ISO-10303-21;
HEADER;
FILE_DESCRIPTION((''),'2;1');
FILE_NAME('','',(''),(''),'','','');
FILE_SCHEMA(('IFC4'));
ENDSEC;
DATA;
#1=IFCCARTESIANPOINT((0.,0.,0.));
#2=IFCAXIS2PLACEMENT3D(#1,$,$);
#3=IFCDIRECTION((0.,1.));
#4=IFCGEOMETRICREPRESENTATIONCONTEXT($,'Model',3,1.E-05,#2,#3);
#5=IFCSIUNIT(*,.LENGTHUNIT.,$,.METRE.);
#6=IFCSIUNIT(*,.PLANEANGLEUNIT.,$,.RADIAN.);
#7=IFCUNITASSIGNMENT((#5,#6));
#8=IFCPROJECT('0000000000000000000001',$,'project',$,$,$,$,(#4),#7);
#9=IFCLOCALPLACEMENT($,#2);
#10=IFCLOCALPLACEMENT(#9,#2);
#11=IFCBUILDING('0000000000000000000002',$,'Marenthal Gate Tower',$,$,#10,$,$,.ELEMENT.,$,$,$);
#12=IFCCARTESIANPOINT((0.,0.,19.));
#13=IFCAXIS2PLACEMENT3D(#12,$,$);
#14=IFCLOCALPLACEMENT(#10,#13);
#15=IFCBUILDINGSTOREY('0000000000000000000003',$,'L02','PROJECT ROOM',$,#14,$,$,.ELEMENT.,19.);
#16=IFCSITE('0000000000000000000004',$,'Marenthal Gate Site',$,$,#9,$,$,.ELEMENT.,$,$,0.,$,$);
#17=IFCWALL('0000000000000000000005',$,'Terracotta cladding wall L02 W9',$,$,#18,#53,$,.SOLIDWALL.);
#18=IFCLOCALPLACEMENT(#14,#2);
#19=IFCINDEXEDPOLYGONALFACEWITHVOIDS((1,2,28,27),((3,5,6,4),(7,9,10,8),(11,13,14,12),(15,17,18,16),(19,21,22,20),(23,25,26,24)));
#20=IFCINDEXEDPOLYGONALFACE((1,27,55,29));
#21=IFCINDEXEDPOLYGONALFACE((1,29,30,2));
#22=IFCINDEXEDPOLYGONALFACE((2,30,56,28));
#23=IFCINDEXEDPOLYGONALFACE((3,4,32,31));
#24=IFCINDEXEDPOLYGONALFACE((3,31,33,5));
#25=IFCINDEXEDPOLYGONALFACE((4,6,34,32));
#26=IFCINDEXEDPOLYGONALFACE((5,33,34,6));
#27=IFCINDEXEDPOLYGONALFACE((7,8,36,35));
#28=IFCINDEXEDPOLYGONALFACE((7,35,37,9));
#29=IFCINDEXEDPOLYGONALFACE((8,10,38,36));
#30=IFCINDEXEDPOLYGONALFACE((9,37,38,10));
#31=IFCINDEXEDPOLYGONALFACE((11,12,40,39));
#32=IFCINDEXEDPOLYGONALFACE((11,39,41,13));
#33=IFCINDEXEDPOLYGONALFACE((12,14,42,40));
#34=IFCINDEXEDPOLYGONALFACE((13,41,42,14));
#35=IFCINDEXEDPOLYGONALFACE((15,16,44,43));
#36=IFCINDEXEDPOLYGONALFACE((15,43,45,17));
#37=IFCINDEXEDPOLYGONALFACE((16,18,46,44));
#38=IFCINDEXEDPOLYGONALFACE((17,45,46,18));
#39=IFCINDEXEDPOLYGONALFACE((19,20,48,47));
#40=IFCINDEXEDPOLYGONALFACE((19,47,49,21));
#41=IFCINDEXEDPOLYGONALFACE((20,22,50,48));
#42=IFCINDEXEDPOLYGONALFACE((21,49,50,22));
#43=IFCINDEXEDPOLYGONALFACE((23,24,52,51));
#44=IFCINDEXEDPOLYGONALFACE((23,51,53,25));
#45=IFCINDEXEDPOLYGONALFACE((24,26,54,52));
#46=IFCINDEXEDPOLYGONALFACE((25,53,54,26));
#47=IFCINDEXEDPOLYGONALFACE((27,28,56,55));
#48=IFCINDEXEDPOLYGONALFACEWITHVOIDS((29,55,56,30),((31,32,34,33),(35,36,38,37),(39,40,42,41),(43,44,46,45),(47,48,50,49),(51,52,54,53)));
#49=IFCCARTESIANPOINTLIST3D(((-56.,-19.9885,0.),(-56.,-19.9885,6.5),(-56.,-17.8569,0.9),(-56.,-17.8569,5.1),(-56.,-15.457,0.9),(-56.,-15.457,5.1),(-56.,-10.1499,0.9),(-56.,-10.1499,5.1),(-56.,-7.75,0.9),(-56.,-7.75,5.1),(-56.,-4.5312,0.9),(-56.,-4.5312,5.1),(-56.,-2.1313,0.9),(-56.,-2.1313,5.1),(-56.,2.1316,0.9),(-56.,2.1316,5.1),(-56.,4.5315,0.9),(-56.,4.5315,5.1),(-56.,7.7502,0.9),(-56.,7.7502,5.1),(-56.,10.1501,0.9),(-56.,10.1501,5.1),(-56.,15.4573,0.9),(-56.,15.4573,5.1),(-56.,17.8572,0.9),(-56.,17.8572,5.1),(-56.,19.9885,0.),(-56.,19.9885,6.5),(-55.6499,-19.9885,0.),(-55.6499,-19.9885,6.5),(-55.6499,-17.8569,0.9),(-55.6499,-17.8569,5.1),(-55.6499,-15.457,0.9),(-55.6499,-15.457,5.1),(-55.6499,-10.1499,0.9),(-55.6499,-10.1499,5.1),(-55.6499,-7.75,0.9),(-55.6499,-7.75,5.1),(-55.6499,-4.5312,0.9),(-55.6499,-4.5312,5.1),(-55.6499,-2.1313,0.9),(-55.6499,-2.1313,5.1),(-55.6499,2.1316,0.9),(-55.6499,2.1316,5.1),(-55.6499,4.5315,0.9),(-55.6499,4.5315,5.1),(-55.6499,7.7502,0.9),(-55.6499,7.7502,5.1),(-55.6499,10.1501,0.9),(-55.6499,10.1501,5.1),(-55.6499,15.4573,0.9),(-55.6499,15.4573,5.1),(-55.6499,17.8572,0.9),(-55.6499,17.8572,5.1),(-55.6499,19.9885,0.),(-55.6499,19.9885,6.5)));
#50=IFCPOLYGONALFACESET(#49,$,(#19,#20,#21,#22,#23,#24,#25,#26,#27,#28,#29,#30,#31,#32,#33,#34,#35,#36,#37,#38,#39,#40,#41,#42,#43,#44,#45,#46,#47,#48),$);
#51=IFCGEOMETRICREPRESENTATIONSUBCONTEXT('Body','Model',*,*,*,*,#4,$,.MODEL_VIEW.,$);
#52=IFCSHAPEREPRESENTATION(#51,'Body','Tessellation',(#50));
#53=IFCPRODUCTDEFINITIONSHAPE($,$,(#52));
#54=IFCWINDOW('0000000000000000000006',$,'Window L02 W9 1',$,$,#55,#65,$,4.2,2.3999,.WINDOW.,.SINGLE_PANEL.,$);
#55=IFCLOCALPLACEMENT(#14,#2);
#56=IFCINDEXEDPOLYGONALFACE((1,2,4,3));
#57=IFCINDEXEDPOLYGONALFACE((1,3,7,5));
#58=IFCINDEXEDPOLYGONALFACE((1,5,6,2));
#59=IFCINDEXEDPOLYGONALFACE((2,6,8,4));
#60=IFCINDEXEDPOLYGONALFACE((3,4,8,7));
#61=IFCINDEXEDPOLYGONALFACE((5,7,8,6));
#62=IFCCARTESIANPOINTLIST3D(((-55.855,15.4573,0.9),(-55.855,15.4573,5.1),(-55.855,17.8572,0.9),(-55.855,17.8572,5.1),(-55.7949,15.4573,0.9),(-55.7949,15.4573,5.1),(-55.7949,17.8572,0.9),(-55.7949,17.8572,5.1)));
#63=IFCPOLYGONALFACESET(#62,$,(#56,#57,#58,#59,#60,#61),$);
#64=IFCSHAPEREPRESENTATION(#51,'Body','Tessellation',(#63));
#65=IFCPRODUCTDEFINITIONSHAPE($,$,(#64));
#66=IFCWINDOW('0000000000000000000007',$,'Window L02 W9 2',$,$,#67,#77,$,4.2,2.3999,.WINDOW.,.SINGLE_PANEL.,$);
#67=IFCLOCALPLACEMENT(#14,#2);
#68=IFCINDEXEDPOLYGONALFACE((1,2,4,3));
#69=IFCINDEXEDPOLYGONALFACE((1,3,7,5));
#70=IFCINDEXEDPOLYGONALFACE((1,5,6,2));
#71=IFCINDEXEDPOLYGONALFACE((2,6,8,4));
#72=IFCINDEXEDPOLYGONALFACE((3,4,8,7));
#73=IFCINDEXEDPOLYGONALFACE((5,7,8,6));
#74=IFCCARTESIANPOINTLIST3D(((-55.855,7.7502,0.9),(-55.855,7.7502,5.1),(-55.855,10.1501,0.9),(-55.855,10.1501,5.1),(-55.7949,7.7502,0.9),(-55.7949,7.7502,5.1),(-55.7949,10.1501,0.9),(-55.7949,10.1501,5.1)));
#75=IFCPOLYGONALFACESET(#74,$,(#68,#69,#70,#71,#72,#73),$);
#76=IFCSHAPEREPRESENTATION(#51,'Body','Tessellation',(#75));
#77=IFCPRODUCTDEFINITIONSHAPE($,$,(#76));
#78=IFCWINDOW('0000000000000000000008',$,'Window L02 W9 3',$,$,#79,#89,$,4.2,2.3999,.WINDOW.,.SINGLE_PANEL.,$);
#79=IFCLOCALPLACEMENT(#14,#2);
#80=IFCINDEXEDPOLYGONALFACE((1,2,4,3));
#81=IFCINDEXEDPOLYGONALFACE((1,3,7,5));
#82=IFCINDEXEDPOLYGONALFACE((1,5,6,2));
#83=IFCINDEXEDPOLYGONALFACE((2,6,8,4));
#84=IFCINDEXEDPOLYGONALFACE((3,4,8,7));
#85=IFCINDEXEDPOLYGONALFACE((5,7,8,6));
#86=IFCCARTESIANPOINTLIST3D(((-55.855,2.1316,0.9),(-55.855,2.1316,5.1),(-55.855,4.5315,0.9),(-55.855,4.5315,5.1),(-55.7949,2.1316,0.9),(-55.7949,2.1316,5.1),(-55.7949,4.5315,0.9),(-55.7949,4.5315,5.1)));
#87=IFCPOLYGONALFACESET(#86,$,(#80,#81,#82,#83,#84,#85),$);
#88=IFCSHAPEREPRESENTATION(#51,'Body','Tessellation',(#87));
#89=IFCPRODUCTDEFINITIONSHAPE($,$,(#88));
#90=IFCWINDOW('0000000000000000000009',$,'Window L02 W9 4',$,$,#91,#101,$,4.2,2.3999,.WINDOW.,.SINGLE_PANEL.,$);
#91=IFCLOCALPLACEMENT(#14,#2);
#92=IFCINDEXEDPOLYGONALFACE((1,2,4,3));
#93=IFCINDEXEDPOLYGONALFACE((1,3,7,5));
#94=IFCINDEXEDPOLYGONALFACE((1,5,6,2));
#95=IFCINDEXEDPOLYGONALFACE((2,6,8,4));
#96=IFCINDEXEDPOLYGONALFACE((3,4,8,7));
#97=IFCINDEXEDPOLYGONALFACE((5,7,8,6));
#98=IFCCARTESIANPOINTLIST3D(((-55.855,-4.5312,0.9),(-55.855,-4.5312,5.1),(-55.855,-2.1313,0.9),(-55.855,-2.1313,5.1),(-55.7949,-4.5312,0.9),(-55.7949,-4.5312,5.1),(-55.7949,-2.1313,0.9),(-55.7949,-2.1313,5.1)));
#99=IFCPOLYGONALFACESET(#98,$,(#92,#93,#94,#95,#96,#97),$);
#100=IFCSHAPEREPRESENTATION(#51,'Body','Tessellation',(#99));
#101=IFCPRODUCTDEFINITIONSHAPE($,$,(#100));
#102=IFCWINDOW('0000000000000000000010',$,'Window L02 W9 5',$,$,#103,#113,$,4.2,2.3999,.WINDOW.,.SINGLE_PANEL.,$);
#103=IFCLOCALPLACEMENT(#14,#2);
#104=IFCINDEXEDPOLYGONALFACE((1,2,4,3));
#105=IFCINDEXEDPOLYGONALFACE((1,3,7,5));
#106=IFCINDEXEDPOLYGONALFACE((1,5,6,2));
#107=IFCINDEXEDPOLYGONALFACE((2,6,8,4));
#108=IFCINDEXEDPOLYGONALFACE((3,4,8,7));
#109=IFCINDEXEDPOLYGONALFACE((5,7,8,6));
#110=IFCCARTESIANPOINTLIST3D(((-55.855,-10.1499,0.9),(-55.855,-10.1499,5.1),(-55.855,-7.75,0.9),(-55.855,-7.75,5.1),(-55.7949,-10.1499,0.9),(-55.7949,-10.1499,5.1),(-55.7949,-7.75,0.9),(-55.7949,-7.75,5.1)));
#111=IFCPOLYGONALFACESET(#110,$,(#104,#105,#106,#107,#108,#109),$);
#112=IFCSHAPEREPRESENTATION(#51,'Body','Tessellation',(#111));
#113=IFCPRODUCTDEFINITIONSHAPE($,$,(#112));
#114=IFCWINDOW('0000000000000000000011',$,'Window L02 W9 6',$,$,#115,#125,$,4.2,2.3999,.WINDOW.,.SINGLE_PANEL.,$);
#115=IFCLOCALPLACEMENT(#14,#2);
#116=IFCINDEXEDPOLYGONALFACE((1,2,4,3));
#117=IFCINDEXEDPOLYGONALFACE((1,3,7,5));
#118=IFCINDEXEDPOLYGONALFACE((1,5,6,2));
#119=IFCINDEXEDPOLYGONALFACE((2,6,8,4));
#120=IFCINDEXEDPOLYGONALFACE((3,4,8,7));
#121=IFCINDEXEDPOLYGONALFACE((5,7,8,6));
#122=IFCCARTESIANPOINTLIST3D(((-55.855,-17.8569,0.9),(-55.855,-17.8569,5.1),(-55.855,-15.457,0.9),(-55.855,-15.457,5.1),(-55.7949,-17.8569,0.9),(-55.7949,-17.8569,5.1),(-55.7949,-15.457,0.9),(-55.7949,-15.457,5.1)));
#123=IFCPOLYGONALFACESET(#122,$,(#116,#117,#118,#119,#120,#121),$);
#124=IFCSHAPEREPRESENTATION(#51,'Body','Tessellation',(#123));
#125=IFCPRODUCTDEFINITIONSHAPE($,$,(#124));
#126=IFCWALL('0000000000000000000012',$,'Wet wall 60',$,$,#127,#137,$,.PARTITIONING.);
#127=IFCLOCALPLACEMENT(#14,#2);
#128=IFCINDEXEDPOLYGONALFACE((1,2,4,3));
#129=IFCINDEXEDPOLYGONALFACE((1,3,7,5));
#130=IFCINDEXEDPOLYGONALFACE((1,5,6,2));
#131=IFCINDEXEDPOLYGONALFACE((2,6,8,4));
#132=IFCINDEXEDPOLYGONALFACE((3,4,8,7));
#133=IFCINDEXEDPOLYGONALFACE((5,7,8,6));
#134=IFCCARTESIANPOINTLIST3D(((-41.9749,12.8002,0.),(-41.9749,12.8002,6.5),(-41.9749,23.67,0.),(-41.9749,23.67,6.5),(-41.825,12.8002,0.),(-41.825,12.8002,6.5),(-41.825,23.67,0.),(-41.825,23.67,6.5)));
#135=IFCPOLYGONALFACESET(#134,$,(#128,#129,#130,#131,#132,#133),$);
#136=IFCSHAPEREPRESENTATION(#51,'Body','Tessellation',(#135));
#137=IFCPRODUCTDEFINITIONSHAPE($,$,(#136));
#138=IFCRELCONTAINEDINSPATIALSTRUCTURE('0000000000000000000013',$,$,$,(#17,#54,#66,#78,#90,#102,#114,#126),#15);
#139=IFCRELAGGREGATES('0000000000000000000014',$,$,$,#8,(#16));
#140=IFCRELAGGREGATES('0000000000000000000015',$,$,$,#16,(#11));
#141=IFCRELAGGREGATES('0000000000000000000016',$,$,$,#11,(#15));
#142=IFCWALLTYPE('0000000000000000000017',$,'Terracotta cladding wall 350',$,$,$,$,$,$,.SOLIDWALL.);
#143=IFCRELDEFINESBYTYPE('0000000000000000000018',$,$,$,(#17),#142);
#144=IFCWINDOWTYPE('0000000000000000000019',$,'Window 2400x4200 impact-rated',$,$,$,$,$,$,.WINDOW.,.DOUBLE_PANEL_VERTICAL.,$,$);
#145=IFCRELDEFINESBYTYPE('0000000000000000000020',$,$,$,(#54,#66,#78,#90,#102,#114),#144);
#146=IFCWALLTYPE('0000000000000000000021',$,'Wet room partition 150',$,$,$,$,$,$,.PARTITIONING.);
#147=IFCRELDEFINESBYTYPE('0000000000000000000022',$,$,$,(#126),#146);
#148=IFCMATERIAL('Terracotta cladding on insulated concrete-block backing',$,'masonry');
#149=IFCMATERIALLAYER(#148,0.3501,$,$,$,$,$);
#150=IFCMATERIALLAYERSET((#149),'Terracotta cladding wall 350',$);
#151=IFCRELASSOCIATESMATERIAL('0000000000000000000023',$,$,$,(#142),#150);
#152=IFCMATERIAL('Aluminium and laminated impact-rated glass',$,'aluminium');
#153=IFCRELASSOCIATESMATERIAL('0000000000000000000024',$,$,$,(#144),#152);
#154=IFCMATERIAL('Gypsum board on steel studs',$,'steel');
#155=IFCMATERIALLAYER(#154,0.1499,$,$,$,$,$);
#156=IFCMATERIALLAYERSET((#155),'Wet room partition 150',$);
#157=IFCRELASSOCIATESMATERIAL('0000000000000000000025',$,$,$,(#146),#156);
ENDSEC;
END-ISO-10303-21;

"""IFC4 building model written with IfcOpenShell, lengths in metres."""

from ifc_helpers import new_model, si_unit, direction, frame, frame_2d, origin, place, context, subcontext, project, spatial, rectangle, extrude, material, layer, layer_set, type_object, element, fill, save


model = new_model("IFC4")

# Units and contexts
model_context = context("Model", 3, precision=1e-05, world=origin(), true_north=direction((0.0, 1.0)))
body_context = subcontext(model_context, "Body", "Model", "MODEL_VIEW")
ifc_project = project(units=[si_unit("LENGTHUNIT", "METRE"), si_unit("PLANEANGLEUNIT", "RADIAN")], contexts=[model_context])

# Site, building, storey
site_placement = place(None, origin())
site = spatial("IfcSite", under=ifc_project, at=site_placement, Name="Marenthal Gate Site", CompositionType="ELEMENT", RefElevation=0.0)
building_placement = place(site_placement, origin())
building = spatial("IfcBuilding", under=site, at=building_placement, Name="Marenthal Gate Tower", CompositionType="ELEMENT")
storey_placement = place(building_placement, frame((0.0, 0.0, 19.0)))
storey = spatial("IfcBuildingStorey", under=building, at=storey_placement, Name="L02", Description="PROJECT ROOM", CompositionType="ELEMENT", Elevation=19.0)

# Shared definitions
ifc_material_1 = material(Name="Terracotta cladding on insulated concrete-block backing", Category="masonry")
ifc_layer_1 = layer(ifc_material_1, 0.3501)
ifc_layer_set_1 = layer_set([ifc_layer_1], Name="Terracotta cladding wall 350")
wall_type_1 = type_object("IfcWallType", Name="Terracotta cladding wall 350", PredefinedType="SOLIDWALL", material=ifc_layer_set_1)

# Wall, openings, windows
wall_1_placement = place(storey_placement, frame((-55.825, 19.9885, 0.0), z_axis=(0.0, 0.0, 1.0), x_axis=(0.0, -1.0, 0.0)))
wall_1 = element("IfcWall", 1, at=wall_1_placement, inside=storey, type_object=wall_type_1, Name="Terracotta cladding wall L02 W9", PredefinedType="SOLIDWALL", context=body_context, shape_type="SweptSolid", body=[
    extrude(rectangle(XDim=39.9771, YDim=0.3501, at=frame_2d((19.9885, 0.0))), origin(), (0.0, 0.0, 1.0), 6.5),
])
opening_1_placement = place(wall_1_placement, frame((2.1313, 0.0, 0.8999)))
opening_1 = element("IfcOpeningElement", 2, at=opening_1_placement, cuts=wall_1, PredefinedType="OPENING", context=body_context, shape_type="SweptSolid", body=[
    extrude(rectangle(XDim=2.3999, YDim=4.2, at=frame_2d((1.2, 2.1001))), frame((0.0, 0.1851, 0.0), z_axis=(0.0, -1.0, 0.0), x_axis=(1.0, 0.0, 0.0)), (0.0, 0.0, 1.0), 0.3701),
])
opening_2_placement = place(wall_1_placement, frame((9.8384, 0.0, 0.8999)))
opening_2 = element("IfcOpeningElement", 3, at=opening_2_placement, cuts=wall_1, PredefinedType="OPENING", context=body_context, shape_type="SweptSolid", body=[
    extrude(rectangle(XDim=2.3999, YDim=4.2, at=frame_2d((1.2, 2.1001))), frame((0.0, 0.1851, 0.0), z_axis=(0.0, -1.0, 0.0), x_axis=(1.0, 0.0, 0.0)), (0.0, 0.0, 1.0), 0.3701),
])
opening_3_placement = place(wall_1_placement, frame((15.457, 0.0, 0.8999)))
opening_3 = element("IfcOpeningElement", 4, at=opening_3_placement, cuts=wall_1, PredefinedType="OPENING", context=body_context, shape_type="SweptSolid", body=[
    extrude(rectangle(XDim=2.3999, YDim=4.2, at=frame_2d((1.2, 2.1001))), frame((0.0, 0.1851, 0.0), z_axis=(0.0, -1.0, 0.0), x_axis=(1.0, 0.0, 0.0)), (0.0, 0.0, 1.0), 0.3701),
])
opening_4_placement = place(wall_1_placement, frame((22.1199, 0.0, 0.8999)))
opening_4 = element("IfcOpeningElement", 5, at=opening_4_placement, cuts=wall_1, PredefinedType="OPENING", context=body_context, shape_type="SweptSolid", body=[
    extrude(rectangle(XDim=2.3999, YDim=4.2, at=frame_2d((1.2, 2.1001))), frame((0.0, 0.1851, 0.0), z_axis=(0.0, -1.0, 0.0), x_axis=(1.0, 0.0, 0.0)), (0.0, 0.0, 1.0), 0.3701),
])
opening_5_placement = place(wall_1_placement, frame((27.7385, 0.0, 0.8999)))
opening_5 = element("IfcOpeningElement", 6, at=opening_5_placement, cuts=wall_1, PredefinedType="OPENING", context=body_context, shape_type="SweptSolid", body=[
    extrude(rectangle(XDim=2.3999, YDim=4.2, at=frame_2d((1.2, 2.1001))), frame((0.0, 0.1851, 0.0), z_axis=(0.0, -1.0, 0.0), x_axis=(1.0, 0.0, 0.0)), (0.0, 0.0, 1.0), 0.3701),
])
opening_6_placement = place(wall_1_placement, frame((35.4456, 0.0, 0.8999)))
opening_6 = element("IfcOpeningElement", 7, at=opening_6_placement, cuts=wall_1, PredefinedType="OPENING", context=body_context, shape_type="SweptSolid", body=[
    extrude(rectangle(XDim=2.3999, YDim=4.2, at=frame_2d((1.2, 2.1001))), frame((0.0, 0.1851, 0.0), z_axis=(0.0, -1.0, 0.0), x_axis=(1.0, 0.0, 0.0)), (0.0, 0.0, 1.0), 0.3701),
])
ifc_material_2 = material(Name="Aluminium and laminated impact-rated glass", Category="aluminium")
window_type = type_object("IfcWindowType", Name="Window 2400x4200 impact-rated", PartitioningType="DOUBLE_PANEL_VERTICAL", PredefinedType="WINDOW", material=ifc_material_2)
window_1_placement = place(opening_1_placement, origin())
window_1 = element("IfcWindow", 8, at=window_1_placement, inside=storey, type_object=window_type, Name="Window L02 W9 1", OverallHeight=4.2, OverallWidth=2.3999, PartitioningType="SINGLE_PANEL", PredefinedType="WINDOW", context=body_context, shape_type="SweptSolid", body=[
    extrude(rectangle(XDim=2.3999, YDim=4.2, at=frame_2d((1.2, 2.1001))), frame((0.0, 0.03, 0.0), z_axis=(0.0, -1.0, 0.0), x_axis=(1.0, 0.0, 0.0)), (0.0, 0.0, 1.0), 0.0601),
])
fill(opening_1, window_1)
window_2_placement = place(opening_2_placement, origin())
window_2 = element("IfcWindow", 9, at=window_2_placement, inside=storey, type_object=window_type, Name="Window L02 W9 2", OverallHeight=4.2, OverallWidth=2.3999, PartitioningType="SINGLE_PANEL", PredefinedType="WINDOW", context=body_context, shape_type="SweptSolid", body=[
    extrude(rectangle(XDim=2.3999, YDim=4.2, at=frame_2d((1.2, 2.1001))), frame((0.0, 0.03, 0.0), z_axis=(0.0, -1.0, 0.0), x_axis=(1.0, 0.0, 0.0)), (0.0, 0.0, 1.0), 0.0601),
])
fill(opening_2, window_2)
window_3_placement = place(opening_3_placement, origin())
window_3 = element("IfcWindow", 10, at=window_3_placement, inside=storey, type_object=window_type, Name="Window L02 W9 3", OverallHeight=4.2, OverallWidth=2.3999, PartitioningType="SINGLE_PANEL", PredefinedType="WINDOW", context=body_context, shape_type="SweptSolid", body=[
    extrude(rectangle(XDim=2.3999, YDim=4.2, at=frame_2d((1.2, 2.1001))), frame((0.0, 0.03, 0.0), z_axis=(0.0, -1.0, 0.0), x_axis=(1.0, 0.0, 0.0)), (0.0, 0.0, 1.0), 0.0601),
])
fill(opening_3, window_3)
window_4_placement = place(opening_4_placement, origin())
window_4 = element("IfcWindow", 11, at=window_4_placement, inside=storey, type_object=window_type, Name="Window L02 W9 4", OverallHeight=4.2, OverallWidth=2.3999, PartitioningType="SINGLE_PANEL", PredefinedType="WINDOW", context=body_context, shape_type="SweptSolid", body=[
    extrude(rectangle(XDim=2.3999, YDim=4.2, at=frame_2d((1.2, 2.1001))), frame((0.0, 0.03, 0.0), z_axis=(0.0, -1.0, 0.0), x_axis=(1.0, 0.0, 0.0)), (0.0, 0.0, 1.0), 0.0601),
])
fill(opening_4, window_4)
window_5_placement = place(opening_5_placement, origin())
window_5 = element("IfcWindow", 12, at=window_5_placement, inside=storey, type_object=window_type, Name="Window L02 W9 5", OverallHeight=4.2, OverallWidth=2.3999, PartitioningType="SINGLE_PANEL", PredefinedType="WINDOW", context=body_context, shape_type="SweptSolid", body=[
    extrude(rectangle(XDim=2.3999, YDim=4.2, at=frame_2d((1.2, 2.1001))), frame((0.0, 0.03, 0.0), z_axis=(0.0, -1.0, 0.0), x_axis=(1.0, 0.0, 0.0)), (0.0, 0.0, 1.0), 0.0601),
])
fill(opening_5, window_5)
window_6_placement = place(opening_6_placement, origin())
window_6 = element("IfcWindow", 13, at=window_6_placement, inside=storey, type_object=window_type, Name="Window L02 W9 6", OverallHeight=4.2, OverallWidth=2.3999, PartitioningType="SINGLE_PANEL", PredefinedType="WINDOW", context=body_context, shape_type="SweptSolid", body=[
    extrude(rectangle(XDim=2.3999, YDim=4.2, at=frame_2d((1.2, 2.1001))), frame((0.0, 0.03, 0.0), z_axis=(0.0, -1.0, 0.0), x_axis=(1.0, 0.0, 0.0)), (0.0, 0.0, 1.0), 0.0601),
])
fill(opening_6, window_6)

# Wall
ifc_material_3 = material(Name="Gypsum board on steel studs", Category="steel")
ifc_layer_2 = layer(ifc_material_3, 0.1499)
ifc_layer_set_2 = layer_set([ifc_layer_2], Name="Wet room partition 150")
wall_type_2 = type_object("IfcWallType", Name="Wet room partition 150", PredefinedType="PARTITIONING", material=ifc_layer_set_2)
wall_2_placement = place(storey_placement, frame((-41.8999, 12.8, 0.0), z_axis=(0.0, 0.0, 1.0), x_axis=(0.0, 1.0, 0.0)))
element("IfcWall", 14, at=wall_2_placement, inside=storey, type_object=wall_type_2, Name="Wet wall 60", PredefinedType="PARTITIONING", context=body_context, shape_type="SweptSolid", body=[
    extrude(rectangle(XDim=10.8699, YDim=0.1499, at=frame_2d((5.4351, 0.0))), origin(), (0.0, 0.0, 1.0), 6.5),
])

save(model, "model.ifc")
